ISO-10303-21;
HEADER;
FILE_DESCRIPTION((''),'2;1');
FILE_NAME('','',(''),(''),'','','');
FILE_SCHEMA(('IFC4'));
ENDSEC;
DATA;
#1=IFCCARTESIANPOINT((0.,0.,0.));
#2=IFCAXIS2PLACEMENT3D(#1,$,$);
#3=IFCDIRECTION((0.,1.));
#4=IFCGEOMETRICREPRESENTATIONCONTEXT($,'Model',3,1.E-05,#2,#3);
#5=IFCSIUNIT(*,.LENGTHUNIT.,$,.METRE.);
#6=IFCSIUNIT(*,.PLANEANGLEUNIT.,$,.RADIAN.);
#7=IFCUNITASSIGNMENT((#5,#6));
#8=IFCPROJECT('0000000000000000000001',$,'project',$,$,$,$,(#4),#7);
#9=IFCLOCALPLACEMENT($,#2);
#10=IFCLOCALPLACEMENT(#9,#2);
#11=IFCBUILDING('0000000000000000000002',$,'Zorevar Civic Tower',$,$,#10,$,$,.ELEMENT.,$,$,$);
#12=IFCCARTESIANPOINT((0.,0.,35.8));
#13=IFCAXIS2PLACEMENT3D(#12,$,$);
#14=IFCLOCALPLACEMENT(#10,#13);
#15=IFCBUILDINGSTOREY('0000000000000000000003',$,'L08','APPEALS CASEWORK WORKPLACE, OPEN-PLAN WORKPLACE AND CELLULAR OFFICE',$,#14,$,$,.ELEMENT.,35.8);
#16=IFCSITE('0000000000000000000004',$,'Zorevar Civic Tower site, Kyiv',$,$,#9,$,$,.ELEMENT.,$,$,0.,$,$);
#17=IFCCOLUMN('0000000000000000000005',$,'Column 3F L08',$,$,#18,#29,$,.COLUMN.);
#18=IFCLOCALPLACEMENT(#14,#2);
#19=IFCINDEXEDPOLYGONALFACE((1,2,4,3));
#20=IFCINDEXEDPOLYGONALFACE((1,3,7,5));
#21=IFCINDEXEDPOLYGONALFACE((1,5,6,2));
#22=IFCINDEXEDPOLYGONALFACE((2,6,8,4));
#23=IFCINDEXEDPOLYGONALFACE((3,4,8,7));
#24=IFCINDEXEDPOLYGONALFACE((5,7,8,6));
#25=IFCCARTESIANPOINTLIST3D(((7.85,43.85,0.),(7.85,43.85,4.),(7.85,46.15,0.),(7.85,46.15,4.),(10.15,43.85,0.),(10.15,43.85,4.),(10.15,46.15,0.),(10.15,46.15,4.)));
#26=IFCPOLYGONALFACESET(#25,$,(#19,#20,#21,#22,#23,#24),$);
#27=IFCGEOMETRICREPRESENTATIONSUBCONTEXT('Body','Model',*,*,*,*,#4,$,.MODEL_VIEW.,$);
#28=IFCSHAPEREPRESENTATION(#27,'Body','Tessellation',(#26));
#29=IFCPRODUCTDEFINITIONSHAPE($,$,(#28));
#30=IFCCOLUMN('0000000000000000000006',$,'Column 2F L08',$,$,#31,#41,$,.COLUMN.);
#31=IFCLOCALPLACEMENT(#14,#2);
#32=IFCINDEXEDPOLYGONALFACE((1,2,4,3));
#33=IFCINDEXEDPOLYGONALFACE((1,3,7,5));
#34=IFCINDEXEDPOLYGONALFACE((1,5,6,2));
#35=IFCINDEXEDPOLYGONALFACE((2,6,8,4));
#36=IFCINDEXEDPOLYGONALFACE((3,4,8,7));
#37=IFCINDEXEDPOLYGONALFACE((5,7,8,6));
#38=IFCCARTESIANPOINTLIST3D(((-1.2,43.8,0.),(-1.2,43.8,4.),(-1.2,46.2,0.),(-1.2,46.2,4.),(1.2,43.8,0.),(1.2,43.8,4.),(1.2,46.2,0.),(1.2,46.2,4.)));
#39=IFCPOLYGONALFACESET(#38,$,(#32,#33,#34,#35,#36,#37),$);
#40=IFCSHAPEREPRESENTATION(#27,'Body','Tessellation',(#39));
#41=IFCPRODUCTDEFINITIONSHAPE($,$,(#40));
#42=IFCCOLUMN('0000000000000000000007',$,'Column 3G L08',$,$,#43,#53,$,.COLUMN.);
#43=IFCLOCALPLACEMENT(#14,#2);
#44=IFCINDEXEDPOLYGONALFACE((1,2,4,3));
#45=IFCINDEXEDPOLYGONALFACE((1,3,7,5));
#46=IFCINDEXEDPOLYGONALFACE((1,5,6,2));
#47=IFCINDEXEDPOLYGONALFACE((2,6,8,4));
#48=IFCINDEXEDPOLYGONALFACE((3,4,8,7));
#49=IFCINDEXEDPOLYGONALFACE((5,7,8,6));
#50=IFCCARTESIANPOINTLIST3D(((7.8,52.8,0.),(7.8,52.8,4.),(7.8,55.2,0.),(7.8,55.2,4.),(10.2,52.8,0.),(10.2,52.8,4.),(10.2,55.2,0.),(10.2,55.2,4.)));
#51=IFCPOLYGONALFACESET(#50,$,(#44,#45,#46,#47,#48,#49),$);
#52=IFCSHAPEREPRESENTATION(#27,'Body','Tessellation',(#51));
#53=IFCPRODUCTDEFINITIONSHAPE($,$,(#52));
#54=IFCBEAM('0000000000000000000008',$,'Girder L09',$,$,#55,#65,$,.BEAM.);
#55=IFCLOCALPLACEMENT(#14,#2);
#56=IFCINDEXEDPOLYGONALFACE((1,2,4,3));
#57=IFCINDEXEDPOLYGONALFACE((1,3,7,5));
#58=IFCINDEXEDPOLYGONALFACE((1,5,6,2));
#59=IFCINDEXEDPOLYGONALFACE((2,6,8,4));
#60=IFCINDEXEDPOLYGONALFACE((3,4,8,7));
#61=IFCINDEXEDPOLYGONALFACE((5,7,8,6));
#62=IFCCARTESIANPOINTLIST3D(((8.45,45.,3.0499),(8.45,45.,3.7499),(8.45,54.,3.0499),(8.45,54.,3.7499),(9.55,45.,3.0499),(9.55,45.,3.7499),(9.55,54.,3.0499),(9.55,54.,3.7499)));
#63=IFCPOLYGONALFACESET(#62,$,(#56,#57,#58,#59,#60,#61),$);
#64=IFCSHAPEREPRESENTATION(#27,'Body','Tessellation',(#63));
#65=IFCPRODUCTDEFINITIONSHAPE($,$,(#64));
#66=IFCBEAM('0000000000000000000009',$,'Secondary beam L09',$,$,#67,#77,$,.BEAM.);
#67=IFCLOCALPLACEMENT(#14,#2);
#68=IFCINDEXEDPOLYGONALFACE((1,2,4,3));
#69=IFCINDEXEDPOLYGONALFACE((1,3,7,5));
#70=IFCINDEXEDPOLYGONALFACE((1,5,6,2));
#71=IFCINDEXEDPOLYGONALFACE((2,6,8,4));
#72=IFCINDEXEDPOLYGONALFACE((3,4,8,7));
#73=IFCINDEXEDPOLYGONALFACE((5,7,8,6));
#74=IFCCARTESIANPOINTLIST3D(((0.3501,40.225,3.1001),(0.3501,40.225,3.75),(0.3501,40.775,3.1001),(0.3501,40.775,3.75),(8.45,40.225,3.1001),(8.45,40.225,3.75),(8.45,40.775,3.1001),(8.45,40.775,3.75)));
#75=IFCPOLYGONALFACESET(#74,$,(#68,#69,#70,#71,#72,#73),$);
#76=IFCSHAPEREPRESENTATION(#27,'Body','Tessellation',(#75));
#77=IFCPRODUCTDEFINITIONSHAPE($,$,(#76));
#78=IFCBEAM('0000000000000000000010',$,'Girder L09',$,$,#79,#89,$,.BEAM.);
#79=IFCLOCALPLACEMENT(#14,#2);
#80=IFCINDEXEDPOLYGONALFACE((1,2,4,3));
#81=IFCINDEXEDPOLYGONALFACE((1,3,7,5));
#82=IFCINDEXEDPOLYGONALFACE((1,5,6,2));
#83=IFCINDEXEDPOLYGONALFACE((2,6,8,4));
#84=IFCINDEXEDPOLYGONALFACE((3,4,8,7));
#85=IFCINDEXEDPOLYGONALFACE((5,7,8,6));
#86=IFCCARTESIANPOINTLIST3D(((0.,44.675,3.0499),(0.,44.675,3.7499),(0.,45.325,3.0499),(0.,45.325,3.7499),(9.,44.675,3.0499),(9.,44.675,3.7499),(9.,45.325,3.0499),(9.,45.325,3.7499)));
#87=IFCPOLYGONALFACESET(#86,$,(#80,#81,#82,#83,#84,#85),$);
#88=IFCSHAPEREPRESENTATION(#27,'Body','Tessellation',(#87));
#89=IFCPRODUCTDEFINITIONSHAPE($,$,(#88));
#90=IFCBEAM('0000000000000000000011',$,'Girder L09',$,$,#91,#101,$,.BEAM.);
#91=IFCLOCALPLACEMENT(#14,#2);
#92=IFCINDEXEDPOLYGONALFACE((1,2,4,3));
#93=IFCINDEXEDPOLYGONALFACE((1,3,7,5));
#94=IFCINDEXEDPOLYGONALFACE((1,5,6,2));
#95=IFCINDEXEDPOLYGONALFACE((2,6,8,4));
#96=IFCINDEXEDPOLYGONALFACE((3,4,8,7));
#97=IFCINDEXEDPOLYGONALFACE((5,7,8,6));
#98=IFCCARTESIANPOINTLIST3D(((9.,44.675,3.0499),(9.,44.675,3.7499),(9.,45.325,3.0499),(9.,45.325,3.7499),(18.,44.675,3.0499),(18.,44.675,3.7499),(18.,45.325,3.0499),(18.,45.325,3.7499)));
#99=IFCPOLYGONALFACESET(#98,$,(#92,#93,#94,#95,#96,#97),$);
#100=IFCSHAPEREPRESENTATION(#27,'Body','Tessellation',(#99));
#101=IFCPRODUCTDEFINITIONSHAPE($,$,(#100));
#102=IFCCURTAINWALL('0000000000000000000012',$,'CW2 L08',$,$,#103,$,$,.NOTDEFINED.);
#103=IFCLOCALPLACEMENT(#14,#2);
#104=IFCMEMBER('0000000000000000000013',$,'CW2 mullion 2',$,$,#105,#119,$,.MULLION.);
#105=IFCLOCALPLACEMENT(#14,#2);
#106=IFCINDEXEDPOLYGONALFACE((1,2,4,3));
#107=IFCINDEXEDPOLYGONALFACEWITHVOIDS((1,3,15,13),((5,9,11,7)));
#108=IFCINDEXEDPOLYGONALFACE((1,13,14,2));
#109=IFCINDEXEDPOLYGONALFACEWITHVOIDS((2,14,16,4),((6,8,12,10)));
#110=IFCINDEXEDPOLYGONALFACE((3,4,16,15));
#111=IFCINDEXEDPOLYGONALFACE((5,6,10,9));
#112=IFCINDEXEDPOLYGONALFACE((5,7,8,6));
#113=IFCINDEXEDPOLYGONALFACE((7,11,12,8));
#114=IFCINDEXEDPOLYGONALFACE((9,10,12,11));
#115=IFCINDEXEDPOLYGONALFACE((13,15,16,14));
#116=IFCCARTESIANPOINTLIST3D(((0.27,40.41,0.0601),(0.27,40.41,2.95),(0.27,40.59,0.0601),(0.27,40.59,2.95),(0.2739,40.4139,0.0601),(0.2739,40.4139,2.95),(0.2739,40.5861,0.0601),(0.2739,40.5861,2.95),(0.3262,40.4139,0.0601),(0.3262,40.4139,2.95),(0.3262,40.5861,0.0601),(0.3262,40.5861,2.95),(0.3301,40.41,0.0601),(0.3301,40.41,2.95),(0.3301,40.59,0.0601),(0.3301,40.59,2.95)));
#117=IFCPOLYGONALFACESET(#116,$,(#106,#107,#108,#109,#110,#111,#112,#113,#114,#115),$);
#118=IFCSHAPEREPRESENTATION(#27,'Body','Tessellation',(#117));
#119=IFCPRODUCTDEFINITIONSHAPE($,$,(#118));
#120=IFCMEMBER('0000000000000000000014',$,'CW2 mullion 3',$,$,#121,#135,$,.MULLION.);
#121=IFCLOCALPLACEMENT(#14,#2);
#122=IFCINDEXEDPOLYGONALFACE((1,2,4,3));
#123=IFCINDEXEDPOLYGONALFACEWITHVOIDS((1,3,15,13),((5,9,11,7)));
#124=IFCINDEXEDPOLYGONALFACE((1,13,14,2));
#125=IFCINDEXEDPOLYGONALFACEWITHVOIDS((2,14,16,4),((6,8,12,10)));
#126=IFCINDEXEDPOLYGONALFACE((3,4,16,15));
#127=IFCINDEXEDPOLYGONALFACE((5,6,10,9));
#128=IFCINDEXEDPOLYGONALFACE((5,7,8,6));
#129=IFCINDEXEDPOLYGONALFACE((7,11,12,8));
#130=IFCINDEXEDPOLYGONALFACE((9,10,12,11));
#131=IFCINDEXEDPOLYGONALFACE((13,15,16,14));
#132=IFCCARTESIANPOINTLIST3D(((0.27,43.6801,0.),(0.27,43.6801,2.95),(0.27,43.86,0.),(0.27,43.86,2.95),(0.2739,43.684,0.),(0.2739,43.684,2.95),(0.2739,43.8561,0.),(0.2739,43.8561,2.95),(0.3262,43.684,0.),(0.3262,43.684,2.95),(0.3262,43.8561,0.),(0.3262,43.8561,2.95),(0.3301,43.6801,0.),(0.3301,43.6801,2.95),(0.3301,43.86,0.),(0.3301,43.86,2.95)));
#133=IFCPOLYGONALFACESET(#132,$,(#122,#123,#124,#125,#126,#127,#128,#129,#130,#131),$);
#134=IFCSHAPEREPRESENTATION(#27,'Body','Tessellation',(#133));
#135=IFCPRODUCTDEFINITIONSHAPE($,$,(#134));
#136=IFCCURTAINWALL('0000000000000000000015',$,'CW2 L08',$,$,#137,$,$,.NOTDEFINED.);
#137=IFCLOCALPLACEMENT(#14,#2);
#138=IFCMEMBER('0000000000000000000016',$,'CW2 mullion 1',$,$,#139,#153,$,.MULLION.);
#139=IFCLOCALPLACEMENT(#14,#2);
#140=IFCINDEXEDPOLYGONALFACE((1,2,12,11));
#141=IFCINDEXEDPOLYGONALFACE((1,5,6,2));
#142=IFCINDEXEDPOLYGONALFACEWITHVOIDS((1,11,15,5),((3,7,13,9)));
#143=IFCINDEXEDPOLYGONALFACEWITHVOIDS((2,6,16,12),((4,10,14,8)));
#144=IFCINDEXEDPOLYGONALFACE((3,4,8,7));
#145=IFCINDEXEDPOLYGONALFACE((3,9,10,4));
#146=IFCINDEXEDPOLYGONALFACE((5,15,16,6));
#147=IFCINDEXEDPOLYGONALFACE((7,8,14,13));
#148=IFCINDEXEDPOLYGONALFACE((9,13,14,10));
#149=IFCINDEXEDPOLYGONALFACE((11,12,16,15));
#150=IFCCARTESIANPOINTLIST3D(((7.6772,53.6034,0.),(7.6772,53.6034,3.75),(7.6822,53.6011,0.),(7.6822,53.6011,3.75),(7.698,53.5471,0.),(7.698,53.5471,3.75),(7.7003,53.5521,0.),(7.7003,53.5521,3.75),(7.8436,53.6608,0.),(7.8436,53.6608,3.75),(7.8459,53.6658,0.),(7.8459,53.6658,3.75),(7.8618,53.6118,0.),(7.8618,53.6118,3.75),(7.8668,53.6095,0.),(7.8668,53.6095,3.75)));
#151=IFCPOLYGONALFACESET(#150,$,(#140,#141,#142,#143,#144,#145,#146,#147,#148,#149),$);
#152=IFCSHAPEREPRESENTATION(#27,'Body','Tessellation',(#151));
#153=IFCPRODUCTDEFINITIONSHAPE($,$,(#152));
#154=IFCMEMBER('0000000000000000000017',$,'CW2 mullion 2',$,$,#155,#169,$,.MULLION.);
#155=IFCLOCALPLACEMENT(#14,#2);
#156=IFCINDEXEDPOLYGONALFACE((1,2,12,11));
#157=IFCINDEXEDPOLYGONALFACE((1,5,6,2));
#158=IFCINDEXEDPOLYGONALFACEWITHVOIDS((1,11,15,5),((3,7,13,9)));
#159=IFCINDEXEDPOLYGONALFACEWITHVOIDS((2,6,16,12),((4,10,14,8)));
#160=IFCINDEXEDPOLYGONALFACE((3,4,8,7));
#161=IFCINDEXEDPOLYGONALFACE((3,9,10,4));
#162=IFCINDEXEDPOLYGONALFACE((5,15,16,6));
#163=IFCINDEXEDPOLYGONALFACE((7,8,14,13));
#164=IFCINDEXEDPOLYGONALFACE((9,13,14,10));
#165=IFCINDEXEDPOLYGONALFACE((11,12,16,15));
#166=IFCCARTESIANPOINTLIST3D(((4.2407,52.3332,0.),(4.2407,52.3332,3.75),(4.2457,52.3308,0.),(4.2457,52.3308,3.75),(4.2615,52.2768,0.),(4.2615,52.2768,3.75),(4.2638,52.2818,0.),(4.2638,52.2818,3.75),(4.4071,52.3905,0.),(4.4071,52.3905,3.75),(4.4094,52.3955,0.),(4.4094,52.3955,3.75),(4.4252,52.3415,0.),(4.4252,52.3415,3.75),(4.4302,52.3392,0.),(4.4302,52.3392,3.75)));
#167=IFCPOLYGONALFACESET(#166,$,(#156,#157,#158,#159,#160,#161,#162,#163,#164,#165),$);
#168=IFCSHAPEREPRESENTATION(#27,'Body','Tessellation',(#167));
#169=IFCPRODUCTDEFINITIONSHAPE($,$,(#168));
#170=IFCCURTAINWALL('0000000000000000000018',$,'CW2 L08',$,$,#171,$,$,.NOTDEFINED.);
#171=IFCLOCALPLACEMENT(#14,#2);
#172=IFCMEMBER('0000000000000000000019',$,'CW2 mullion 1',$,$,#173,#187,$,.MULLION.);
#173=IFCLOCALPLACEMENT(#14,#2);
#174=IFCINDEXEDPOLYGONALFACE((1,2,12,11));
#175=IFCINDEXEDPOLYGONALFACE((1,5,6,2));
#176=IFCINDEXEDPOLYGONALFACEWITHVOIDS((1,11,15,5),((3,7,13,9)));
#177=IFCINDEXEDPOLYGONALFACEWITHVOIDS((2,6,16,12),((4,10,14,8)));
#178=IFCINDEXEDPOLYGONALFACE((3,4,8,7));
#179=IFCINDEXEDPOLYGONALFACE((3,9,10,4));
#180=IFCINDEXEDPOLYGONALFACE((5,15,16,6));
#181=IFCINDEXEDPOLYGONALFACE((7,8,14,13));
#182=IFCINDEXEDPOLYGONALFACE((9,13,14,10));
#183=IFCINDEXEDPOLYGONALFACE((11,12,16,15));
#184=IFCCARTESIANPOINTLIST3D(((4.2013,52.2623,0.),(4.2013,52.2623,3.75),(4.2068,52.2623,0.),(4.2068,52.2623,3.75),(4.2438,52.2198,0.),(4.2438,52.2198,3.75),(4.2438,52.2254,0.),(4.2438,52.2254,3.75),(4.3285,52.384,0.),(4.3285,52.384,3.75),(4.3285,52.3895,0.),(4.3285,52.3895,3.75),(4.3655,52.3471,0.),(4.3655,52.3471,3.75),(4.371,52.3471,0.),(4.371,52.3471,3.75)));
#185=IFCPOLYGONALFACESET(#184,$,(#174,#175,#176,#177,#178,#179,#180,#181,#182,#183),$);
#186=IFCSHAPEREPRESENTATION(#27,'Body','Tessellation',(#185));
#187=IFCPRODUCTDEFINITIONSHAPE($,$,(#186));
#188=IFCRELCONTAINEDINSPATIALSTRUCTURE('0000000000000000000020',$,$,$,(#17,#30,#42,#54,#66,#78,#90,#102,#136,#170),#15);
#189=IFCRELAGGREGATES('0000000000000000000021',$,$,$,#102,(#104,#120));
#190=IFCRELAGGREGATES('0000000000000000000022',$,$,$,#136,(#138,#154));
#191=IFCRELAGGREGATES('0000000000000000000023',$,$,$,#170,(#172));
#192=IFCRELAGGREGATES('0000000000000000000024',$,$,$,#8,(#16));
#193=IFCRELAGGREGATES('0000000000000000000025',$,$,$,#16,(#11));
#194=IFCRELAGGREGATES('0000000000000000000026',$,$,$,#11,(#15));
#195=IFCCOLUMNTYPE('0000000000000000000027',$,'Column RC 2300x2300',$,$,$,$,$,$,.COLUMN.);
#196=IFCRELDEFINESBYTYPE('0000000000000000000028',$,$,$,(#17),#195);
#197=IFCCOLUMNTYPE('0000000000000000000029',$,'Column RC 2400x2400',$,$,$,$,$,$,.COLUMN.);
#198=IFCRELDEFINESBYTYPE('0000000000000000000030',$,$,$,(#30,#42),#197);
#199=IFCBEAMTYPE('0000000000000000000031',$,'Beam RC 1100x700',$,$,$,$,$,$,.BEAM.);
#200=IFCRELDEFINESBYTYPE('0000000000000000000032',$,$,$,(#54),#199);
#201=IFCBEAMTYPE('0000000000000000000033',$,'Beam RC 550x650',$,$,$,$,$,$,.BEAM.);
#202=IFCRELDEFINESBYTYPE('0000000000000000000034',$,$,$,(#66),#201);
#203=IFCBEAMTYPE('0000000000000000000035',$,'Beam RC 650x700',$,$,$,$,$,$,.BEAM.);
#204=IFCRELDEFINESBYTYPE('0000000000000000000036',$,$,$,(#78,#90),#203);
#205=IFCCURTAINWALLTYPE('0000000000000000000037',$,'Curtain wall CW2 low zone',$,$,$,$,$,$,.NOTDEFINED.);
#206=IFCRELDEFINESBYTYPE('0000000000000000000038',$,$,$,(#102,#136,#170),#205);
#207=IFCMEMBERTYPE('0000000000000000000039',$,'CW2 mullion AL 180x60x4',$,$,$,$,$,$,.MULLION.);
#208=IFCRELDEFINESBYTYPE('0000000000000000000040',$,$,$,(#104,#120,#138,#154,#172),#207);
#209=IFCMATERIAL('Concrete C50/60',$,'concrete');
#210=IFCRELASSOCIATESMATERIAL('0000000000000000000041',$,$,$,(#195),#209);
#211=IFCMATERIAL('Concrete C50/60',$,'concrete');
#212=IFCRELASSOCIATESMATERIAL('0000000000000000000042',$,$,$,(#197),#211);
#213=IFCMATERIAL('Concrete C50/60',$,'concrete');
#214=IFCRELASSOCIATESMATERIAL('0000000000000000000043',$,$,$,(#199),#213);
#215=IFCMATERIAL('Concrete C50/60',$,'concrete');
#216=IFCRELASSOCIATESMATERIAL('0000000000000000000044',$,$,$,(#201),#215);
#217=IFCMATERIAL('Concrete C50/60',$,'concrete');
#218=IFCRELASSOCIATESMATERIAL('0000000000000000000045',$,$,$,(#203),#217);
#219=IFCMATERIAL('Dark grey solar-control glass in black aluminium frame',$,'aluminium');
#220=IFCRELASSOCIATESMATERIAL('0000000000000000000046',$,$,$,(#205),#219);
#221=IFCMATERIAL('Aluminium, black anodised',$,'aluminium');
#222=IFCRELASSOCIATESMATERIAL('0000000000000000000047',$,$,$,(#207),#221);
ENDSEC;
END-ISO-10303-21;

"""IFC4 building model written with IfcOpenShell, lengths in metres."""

from ifc_helpers import new_model, si_unit, direction, frame, origin, origin_2d, place, context, subcontext, project, spatial, rectangle, hollow_rectangle, extrude, material, material_profile, profile_set, type_object, element, aggregate, save


model = new_model("IFC4")

# Units and contexts
model_context = context("Model", 3, precision=1e-05, world=origin(), true_north=direction((0.0, 1.0)))
body_context = subcontext(model_context, "Body", "Model", "MODEL_VIEW")
ifc_project = project(units=[si_unit("LENGTHUNIT", "METRE"), si_unit("PLANEANGLEUNIT", "RADIAN")], contexts=[model_context])

# Site, building, storey
site_placement = place(None, origin())
site = spatial("IfcSite", under=ifc_project, at=site_placement, Name="Zorevar Civic Tower site, Kyiv", CompositionType="ELEMENT", RefElevation=0.0)
building_placement = place(site_placement, origin())
building = spatial("IfcBuilding", under=site, at=building_placement, Name="Zorevar Civic Tower", CompositionType="ELEMENT")
storey_placement = place(building_placement, frame((0.0, 0.0, 35.8)))
storey = spatial("IfcBuildingStorey", under=building, at=storey_placement, Name="L08", Description="APPEALS CASEWORK WORKPLACE, OPEN-PLAN WORKPLACE AND CELLULAR OFFICE", CompositionType="ELEMENT", Elevation=35.8)

# Columns
ifc_material_1 = material(Name="Concrete C50/60", Category="concrete")
ifc_material_profile_1 = material_profile(ifc_material_1, rectangle(XDim=2.3, YDim=2.3, at=origin_2d()), Name="RC 2300x2300")
ifc_profile_set_1 = profile_set([ifc_material_profile_1], Name="Concrete C50/60")
column_type_1 = type_object("IfcColumnType", Name="Column RC 2300x2300", PredefinedType="COLUMN", material=ifc_profile_set_1)
column_placement = place(storey_placement, frame((9.0, 45.0, 0.0), z_axis=(0.0, 0.0, 1.0), x_axis=(1.0, 0.0, 0.0)))
element("IfcColumn", 1, at=column_placement, inside=storey, type_object=column_type_1, Name="Column 3F L08", PredefinedType="COLUMN", context=body_context, shape_type="SweptSolid", body=[
    extrude(rectangle(XDim=2.3, YDim=2.3, at=origin_2d()), origin(), (0.0, 0.0, 1.0), 4.0),
])
ifc_material_2 = material(Name="Concrete C50/60", Category="concrete")
ifc_material_profile_2 = material_profile(ifc_material_2, rectangle(XDim=2.3999, YDim=2.3999, at=origin_2d()), Name="RC 2400x2400")
ifc_profile_set_2 = profile_set([ifc_material_profile_2], Name="Concrete C50/60")
column_type_2 = type_object("IfcColumnType", Name="Column RC 2400x2400", PredefinedType="COLUMN", material=ifc_profile_set_2)
for number, where, z_axis, x_axis, name in (
    (2, (0.0, 45.0, 0.0), (0.0, 0.0, 1.0), (1.0, 0.0, 0.0), "Column 2F L08"),
    (3, (9.0, 54.0, 0.0), (0.0, 0.0, 1.0), (1.0, 0.0, 0.0), "Column 3G L08"),
):
    element("IfcColumn", number, at=place(storey_placement, frame(where, z_axis=z_axis, x_axis=x_axis)), inside=storey, type_object=column_type_2, Name=name, PredefinedType="COLUMN", context=body_context, shape_type="SweptSolid", body=[
        extrude(rectangle(XDim=2.3999, YDim=2.3999, at=origin_2d()), origin(), (0.0, 0.0, 1.0), 4.0),
    ])

# Beams
ifc_material_3 = material(Name="Concrete C50/60", Category="concrete")
ifc_material_profile_3 = material_profile(ifc_material_3, rectangle(XDim=1.1001, YDim=0.7, at=origin_2d()), Name="RC 1100x700")
ifc_profile_set_3 = profile_set([ifc_material_profile_3], Name="Concrete C50/60")
beam_type_1 = type_object("IfcBeamType", Name="Beam RC 1100x700", PredefinedType="BEAM", material=ifc_profile_set_3)
beam_1_placement = place(storey_placement, frame((9.0, 45.0, 3.3999), z_axis=(0.0, 1.0, 0.0), x_axis=(-1.0, 0.0, 0.0)))
element("IfcBeam", 4, at=beam_1_placement, inside=storey, type_object=beam_type_1, Name="Girder L09", PredefinedType="BEAM", context=body_context, shape_type="SweptSolid", body=[
    extrude(rectangle(XDim=1.1001, YDim=0.7, at=origin_2d()), origin(), (0.0, 0.0, 1.0), 9.0),
])
ifc_material_4 = material(Name="Concrete C50/60", Category="concrete")
ifc_material_profile_4 = material_profile(ifc_material_4, rectangle(XDim=0.55, YDim=0.6499, at=origin_2d()), Name="RC 550x650")
ifc_profile_set_4 = profile_set([ifc_material_profile_4], Name="Concrete C50/60")
beam_type_2 = type_object("IfcBeamType", Name="Beam RC 550x650", PredefinedType="BEAM", material=ifc_profile_set_4)
beam_2_placement = place(storey_placement, frame((0.3501, 40.5, 3.425), z_axis=(1.0, 0.0, 0.0), x_axis=(0.0, 1.0, 0.0)))
element("IfcBeam", 5, at=beam_2_placement, inside=storey, type_object=beam_type_2, Name="Secondary beam L09", PredefinedType="BEAM", context=body_context, shape_type="SweptSolid", body=[
    extrude(rectangle(XDim=0.55, YDim=0.6499, at=origin_2d()), origin(), (0.0, 0.0, 1.0), 8.0999),
])
ifc_material_5 = material(Name="Concrete C50/60", Category="concrete")
ifc_material_profile_5 = material_profile(ifc_material_5, rectangle(XDim=0.6499, YDim=0.7, at=origin_2d()), Name="RC 650x700")
ifc_profile_set_5 = profile_set([ifc_material_profile_5], Name="Concrete C50/60")
beam_type_3 = type_object("IfcBeamType", Name="Beam RC 650x700", PredefinedType="BEAM", material=ifc_profile_set_5)
for number, where, z_axis, x_axis, name in (
    (6, (0.0, 45.0, 3.3999), (1.0, 0.0, 0.0), (0.0, 1.0, 0.0), "Girder L09"),
    (7, (9.0, 45.0, 3.3999), (1.0, 0.0, 0.0), (0.0, 1.0, 0.0), "Girder L09"),
):
    element("IfcBeam", number, at=place(storey_placement, frame(where, z_axis=z_axis, x_axis=x_axis)), inside=storey, type_object=beam_type_3, Name=name, PredefinedType="BEAM", context=body_context, shape_type="SweptSolid", body=[
        extrude(rectangle(XDim=0.6499, YDim=0.7, at=origin_2d()), origin(), (0.0, 0.0, 1.0), 9.0),
    ])

# Curtain walls, members
ifc_material_6 = material(Name="Dark grey solar-control glass in black aluminium frame", Category="aluminium")
curtain_wall_type = type_object("IfcCurtainWallType", Name="Curtain wall CW2 low zone", PredefinedType="NOTDEFINED", material=ifc_material_6)
curtain_wall_1_placement = place(storey_placement, origin())
curtain_wall_1 = element("IfcCurtainWall", 8, at=curtain_wall_1_placement, inside=storey, type_object=curtain_wall_type, Name="CW2 L08", PredefinedType="NOTDEFINED")
ifc_material_7 = material(Name="Aluminium, black anodised", Category="aluminium")
ifc_material_profile_6 = material_profile(ifc_material_7, hollow_rectangle(XDim=0.0601, YDim=0.1799, WallThickness=0.0039, at=origin_2d()), Name="AL 180x60x4")
ifc_profile_set_6 = profile_set([ifc_material_profile_6], Name="Aluminium, black anodised")
member_type_1 = type_object("IfcMemberType", Name="CW2 mullion AL 180x60x4", PredefinedType="MULLION", material=ifc_profile_set_6)
member_1_placement = place(storey_placement, frame((0.3, 40.5, 0.0601), z_axis=(0.0, 0.0, 1.0), x_axis=(-1.0, 0.0, 0.0)))
member_1 = element("IfcMember", 9, at=member_1_placement, type_object=member_type_1, Name="CW2 mullion 2", PredefinedType="MULLION", context=body_context, shape_type="SweptSolid", body=[
    extrude(hollow_rectangle(XDim=0.0601, YDim=0.1799, WallThickness=0.0039, at=origin_2d()), origin(), (0.0, 0.0, 1.0), 2.8899),
])
member_2_placement = place(storey_placement, frame((0.3, 43.77, 0.0), z_axis=(0.0, 0.0, 1.0), x_axis=(-1.0, 0.0, 0.0)))
member_2 = element("IfcMember", 10, at=member_2_placement, type_object=member_type_1, Name="CW2 mullion 3", PredefinedType="MULLION", context=body_context, shape_type="SweptSolid", body=[
    extrude(hollow_rectangle(XDim=0.0601, YDim=0.1799, WallThickness=0.0039, at=origin_2d()), origin(), (0.0, 0.0, 1.0), 2.95),
])
curtain_wall_2_placement = place(storey_placement, origin())
curtain_wall_2 = element("IfcCurtainWall", 11, at=curtain_wall_2_placement, inside=storey, type_object=curtain_wall_type, Name="CW2 L08", PredefinedType="NOTDEFINED")
member_3_placement = place(storey_placement, frame((7.772, 53.6064, 0.0), z_axis=(0.0, 0.0, 1.0), x_axis=(0.346704, -0.937975, 0.0)))
member_3 = element("IfcMember", 12, at=member_3_placement, type_object=member_type_1, Name="CW2 mullion 1", PredefinedType="MULLION", context=body_context, shape_type="SweptSolid", body=[
    extrude(hollow_rectangle(XDim=0.0601, YDim=0.1799, WallThickness=0.0039, at=origin_2d()), origin(), (0.0, 0.0, 1.0), 3.75),
])
member_4_placement = place(storey_placement, frame((4.3354, 52.3362, 0.0), z_axis=(0.0, 0.0, 1.0), x_axis=(0.346704, -0.937975, 0.0)))
member_4 = element("IfcMember", 13, at=member_4_placement, type_object=member_type_1, Name="CW2 mullion 2", PredefinedType="MULLION", context=body_context, shape_type="SweptSolid", body=[
    extrude(hollow_rectangle(XDim=0.0601, YDim=0.1799, WallThickness=0.0039, at=origin_2d()), origin(), (0.0, 0.0, 1.0), 3.75),
])
curtain_wall_3_placement = place(storey_placement, origin())
curtain_wall_3 = element("IfcCurtainWall", 14, at=curtain_wall_3_placement, inside=storey, type_object=curtain_wall_type, Name="CW2 L08", PredefinedType="NOTDEFINED")
member_5_placement = place(storey_placement, frame((4.2861, 52.3047, 0.0), z_axis=(0.0, 0.0, 1.0), x_axis=(0.707107, -0.707107, 0.0)))
member_5 = element("IfcMember", 15, at=member_5_placement, type_object=member_type_1, Name="CW2 mullion 1", PredefinedType="MULLION", context=body_context, shape_type="SweptSolid", body=[
    extrude(hollow_rectangle(XDim=0.0601, YDim=0.1799, WallThickness=0.0039, at=origin_2d()), origin(), (0.0, 0.0, 1.0), 3.75),
])

aggregate(curtain_wall_1, [member_1, member_2])
aggregate(curtain_wall_2, [member_3, member_4])
aggregate(curtain_wall_3, [member_5])

save(model, "model.ifc")
